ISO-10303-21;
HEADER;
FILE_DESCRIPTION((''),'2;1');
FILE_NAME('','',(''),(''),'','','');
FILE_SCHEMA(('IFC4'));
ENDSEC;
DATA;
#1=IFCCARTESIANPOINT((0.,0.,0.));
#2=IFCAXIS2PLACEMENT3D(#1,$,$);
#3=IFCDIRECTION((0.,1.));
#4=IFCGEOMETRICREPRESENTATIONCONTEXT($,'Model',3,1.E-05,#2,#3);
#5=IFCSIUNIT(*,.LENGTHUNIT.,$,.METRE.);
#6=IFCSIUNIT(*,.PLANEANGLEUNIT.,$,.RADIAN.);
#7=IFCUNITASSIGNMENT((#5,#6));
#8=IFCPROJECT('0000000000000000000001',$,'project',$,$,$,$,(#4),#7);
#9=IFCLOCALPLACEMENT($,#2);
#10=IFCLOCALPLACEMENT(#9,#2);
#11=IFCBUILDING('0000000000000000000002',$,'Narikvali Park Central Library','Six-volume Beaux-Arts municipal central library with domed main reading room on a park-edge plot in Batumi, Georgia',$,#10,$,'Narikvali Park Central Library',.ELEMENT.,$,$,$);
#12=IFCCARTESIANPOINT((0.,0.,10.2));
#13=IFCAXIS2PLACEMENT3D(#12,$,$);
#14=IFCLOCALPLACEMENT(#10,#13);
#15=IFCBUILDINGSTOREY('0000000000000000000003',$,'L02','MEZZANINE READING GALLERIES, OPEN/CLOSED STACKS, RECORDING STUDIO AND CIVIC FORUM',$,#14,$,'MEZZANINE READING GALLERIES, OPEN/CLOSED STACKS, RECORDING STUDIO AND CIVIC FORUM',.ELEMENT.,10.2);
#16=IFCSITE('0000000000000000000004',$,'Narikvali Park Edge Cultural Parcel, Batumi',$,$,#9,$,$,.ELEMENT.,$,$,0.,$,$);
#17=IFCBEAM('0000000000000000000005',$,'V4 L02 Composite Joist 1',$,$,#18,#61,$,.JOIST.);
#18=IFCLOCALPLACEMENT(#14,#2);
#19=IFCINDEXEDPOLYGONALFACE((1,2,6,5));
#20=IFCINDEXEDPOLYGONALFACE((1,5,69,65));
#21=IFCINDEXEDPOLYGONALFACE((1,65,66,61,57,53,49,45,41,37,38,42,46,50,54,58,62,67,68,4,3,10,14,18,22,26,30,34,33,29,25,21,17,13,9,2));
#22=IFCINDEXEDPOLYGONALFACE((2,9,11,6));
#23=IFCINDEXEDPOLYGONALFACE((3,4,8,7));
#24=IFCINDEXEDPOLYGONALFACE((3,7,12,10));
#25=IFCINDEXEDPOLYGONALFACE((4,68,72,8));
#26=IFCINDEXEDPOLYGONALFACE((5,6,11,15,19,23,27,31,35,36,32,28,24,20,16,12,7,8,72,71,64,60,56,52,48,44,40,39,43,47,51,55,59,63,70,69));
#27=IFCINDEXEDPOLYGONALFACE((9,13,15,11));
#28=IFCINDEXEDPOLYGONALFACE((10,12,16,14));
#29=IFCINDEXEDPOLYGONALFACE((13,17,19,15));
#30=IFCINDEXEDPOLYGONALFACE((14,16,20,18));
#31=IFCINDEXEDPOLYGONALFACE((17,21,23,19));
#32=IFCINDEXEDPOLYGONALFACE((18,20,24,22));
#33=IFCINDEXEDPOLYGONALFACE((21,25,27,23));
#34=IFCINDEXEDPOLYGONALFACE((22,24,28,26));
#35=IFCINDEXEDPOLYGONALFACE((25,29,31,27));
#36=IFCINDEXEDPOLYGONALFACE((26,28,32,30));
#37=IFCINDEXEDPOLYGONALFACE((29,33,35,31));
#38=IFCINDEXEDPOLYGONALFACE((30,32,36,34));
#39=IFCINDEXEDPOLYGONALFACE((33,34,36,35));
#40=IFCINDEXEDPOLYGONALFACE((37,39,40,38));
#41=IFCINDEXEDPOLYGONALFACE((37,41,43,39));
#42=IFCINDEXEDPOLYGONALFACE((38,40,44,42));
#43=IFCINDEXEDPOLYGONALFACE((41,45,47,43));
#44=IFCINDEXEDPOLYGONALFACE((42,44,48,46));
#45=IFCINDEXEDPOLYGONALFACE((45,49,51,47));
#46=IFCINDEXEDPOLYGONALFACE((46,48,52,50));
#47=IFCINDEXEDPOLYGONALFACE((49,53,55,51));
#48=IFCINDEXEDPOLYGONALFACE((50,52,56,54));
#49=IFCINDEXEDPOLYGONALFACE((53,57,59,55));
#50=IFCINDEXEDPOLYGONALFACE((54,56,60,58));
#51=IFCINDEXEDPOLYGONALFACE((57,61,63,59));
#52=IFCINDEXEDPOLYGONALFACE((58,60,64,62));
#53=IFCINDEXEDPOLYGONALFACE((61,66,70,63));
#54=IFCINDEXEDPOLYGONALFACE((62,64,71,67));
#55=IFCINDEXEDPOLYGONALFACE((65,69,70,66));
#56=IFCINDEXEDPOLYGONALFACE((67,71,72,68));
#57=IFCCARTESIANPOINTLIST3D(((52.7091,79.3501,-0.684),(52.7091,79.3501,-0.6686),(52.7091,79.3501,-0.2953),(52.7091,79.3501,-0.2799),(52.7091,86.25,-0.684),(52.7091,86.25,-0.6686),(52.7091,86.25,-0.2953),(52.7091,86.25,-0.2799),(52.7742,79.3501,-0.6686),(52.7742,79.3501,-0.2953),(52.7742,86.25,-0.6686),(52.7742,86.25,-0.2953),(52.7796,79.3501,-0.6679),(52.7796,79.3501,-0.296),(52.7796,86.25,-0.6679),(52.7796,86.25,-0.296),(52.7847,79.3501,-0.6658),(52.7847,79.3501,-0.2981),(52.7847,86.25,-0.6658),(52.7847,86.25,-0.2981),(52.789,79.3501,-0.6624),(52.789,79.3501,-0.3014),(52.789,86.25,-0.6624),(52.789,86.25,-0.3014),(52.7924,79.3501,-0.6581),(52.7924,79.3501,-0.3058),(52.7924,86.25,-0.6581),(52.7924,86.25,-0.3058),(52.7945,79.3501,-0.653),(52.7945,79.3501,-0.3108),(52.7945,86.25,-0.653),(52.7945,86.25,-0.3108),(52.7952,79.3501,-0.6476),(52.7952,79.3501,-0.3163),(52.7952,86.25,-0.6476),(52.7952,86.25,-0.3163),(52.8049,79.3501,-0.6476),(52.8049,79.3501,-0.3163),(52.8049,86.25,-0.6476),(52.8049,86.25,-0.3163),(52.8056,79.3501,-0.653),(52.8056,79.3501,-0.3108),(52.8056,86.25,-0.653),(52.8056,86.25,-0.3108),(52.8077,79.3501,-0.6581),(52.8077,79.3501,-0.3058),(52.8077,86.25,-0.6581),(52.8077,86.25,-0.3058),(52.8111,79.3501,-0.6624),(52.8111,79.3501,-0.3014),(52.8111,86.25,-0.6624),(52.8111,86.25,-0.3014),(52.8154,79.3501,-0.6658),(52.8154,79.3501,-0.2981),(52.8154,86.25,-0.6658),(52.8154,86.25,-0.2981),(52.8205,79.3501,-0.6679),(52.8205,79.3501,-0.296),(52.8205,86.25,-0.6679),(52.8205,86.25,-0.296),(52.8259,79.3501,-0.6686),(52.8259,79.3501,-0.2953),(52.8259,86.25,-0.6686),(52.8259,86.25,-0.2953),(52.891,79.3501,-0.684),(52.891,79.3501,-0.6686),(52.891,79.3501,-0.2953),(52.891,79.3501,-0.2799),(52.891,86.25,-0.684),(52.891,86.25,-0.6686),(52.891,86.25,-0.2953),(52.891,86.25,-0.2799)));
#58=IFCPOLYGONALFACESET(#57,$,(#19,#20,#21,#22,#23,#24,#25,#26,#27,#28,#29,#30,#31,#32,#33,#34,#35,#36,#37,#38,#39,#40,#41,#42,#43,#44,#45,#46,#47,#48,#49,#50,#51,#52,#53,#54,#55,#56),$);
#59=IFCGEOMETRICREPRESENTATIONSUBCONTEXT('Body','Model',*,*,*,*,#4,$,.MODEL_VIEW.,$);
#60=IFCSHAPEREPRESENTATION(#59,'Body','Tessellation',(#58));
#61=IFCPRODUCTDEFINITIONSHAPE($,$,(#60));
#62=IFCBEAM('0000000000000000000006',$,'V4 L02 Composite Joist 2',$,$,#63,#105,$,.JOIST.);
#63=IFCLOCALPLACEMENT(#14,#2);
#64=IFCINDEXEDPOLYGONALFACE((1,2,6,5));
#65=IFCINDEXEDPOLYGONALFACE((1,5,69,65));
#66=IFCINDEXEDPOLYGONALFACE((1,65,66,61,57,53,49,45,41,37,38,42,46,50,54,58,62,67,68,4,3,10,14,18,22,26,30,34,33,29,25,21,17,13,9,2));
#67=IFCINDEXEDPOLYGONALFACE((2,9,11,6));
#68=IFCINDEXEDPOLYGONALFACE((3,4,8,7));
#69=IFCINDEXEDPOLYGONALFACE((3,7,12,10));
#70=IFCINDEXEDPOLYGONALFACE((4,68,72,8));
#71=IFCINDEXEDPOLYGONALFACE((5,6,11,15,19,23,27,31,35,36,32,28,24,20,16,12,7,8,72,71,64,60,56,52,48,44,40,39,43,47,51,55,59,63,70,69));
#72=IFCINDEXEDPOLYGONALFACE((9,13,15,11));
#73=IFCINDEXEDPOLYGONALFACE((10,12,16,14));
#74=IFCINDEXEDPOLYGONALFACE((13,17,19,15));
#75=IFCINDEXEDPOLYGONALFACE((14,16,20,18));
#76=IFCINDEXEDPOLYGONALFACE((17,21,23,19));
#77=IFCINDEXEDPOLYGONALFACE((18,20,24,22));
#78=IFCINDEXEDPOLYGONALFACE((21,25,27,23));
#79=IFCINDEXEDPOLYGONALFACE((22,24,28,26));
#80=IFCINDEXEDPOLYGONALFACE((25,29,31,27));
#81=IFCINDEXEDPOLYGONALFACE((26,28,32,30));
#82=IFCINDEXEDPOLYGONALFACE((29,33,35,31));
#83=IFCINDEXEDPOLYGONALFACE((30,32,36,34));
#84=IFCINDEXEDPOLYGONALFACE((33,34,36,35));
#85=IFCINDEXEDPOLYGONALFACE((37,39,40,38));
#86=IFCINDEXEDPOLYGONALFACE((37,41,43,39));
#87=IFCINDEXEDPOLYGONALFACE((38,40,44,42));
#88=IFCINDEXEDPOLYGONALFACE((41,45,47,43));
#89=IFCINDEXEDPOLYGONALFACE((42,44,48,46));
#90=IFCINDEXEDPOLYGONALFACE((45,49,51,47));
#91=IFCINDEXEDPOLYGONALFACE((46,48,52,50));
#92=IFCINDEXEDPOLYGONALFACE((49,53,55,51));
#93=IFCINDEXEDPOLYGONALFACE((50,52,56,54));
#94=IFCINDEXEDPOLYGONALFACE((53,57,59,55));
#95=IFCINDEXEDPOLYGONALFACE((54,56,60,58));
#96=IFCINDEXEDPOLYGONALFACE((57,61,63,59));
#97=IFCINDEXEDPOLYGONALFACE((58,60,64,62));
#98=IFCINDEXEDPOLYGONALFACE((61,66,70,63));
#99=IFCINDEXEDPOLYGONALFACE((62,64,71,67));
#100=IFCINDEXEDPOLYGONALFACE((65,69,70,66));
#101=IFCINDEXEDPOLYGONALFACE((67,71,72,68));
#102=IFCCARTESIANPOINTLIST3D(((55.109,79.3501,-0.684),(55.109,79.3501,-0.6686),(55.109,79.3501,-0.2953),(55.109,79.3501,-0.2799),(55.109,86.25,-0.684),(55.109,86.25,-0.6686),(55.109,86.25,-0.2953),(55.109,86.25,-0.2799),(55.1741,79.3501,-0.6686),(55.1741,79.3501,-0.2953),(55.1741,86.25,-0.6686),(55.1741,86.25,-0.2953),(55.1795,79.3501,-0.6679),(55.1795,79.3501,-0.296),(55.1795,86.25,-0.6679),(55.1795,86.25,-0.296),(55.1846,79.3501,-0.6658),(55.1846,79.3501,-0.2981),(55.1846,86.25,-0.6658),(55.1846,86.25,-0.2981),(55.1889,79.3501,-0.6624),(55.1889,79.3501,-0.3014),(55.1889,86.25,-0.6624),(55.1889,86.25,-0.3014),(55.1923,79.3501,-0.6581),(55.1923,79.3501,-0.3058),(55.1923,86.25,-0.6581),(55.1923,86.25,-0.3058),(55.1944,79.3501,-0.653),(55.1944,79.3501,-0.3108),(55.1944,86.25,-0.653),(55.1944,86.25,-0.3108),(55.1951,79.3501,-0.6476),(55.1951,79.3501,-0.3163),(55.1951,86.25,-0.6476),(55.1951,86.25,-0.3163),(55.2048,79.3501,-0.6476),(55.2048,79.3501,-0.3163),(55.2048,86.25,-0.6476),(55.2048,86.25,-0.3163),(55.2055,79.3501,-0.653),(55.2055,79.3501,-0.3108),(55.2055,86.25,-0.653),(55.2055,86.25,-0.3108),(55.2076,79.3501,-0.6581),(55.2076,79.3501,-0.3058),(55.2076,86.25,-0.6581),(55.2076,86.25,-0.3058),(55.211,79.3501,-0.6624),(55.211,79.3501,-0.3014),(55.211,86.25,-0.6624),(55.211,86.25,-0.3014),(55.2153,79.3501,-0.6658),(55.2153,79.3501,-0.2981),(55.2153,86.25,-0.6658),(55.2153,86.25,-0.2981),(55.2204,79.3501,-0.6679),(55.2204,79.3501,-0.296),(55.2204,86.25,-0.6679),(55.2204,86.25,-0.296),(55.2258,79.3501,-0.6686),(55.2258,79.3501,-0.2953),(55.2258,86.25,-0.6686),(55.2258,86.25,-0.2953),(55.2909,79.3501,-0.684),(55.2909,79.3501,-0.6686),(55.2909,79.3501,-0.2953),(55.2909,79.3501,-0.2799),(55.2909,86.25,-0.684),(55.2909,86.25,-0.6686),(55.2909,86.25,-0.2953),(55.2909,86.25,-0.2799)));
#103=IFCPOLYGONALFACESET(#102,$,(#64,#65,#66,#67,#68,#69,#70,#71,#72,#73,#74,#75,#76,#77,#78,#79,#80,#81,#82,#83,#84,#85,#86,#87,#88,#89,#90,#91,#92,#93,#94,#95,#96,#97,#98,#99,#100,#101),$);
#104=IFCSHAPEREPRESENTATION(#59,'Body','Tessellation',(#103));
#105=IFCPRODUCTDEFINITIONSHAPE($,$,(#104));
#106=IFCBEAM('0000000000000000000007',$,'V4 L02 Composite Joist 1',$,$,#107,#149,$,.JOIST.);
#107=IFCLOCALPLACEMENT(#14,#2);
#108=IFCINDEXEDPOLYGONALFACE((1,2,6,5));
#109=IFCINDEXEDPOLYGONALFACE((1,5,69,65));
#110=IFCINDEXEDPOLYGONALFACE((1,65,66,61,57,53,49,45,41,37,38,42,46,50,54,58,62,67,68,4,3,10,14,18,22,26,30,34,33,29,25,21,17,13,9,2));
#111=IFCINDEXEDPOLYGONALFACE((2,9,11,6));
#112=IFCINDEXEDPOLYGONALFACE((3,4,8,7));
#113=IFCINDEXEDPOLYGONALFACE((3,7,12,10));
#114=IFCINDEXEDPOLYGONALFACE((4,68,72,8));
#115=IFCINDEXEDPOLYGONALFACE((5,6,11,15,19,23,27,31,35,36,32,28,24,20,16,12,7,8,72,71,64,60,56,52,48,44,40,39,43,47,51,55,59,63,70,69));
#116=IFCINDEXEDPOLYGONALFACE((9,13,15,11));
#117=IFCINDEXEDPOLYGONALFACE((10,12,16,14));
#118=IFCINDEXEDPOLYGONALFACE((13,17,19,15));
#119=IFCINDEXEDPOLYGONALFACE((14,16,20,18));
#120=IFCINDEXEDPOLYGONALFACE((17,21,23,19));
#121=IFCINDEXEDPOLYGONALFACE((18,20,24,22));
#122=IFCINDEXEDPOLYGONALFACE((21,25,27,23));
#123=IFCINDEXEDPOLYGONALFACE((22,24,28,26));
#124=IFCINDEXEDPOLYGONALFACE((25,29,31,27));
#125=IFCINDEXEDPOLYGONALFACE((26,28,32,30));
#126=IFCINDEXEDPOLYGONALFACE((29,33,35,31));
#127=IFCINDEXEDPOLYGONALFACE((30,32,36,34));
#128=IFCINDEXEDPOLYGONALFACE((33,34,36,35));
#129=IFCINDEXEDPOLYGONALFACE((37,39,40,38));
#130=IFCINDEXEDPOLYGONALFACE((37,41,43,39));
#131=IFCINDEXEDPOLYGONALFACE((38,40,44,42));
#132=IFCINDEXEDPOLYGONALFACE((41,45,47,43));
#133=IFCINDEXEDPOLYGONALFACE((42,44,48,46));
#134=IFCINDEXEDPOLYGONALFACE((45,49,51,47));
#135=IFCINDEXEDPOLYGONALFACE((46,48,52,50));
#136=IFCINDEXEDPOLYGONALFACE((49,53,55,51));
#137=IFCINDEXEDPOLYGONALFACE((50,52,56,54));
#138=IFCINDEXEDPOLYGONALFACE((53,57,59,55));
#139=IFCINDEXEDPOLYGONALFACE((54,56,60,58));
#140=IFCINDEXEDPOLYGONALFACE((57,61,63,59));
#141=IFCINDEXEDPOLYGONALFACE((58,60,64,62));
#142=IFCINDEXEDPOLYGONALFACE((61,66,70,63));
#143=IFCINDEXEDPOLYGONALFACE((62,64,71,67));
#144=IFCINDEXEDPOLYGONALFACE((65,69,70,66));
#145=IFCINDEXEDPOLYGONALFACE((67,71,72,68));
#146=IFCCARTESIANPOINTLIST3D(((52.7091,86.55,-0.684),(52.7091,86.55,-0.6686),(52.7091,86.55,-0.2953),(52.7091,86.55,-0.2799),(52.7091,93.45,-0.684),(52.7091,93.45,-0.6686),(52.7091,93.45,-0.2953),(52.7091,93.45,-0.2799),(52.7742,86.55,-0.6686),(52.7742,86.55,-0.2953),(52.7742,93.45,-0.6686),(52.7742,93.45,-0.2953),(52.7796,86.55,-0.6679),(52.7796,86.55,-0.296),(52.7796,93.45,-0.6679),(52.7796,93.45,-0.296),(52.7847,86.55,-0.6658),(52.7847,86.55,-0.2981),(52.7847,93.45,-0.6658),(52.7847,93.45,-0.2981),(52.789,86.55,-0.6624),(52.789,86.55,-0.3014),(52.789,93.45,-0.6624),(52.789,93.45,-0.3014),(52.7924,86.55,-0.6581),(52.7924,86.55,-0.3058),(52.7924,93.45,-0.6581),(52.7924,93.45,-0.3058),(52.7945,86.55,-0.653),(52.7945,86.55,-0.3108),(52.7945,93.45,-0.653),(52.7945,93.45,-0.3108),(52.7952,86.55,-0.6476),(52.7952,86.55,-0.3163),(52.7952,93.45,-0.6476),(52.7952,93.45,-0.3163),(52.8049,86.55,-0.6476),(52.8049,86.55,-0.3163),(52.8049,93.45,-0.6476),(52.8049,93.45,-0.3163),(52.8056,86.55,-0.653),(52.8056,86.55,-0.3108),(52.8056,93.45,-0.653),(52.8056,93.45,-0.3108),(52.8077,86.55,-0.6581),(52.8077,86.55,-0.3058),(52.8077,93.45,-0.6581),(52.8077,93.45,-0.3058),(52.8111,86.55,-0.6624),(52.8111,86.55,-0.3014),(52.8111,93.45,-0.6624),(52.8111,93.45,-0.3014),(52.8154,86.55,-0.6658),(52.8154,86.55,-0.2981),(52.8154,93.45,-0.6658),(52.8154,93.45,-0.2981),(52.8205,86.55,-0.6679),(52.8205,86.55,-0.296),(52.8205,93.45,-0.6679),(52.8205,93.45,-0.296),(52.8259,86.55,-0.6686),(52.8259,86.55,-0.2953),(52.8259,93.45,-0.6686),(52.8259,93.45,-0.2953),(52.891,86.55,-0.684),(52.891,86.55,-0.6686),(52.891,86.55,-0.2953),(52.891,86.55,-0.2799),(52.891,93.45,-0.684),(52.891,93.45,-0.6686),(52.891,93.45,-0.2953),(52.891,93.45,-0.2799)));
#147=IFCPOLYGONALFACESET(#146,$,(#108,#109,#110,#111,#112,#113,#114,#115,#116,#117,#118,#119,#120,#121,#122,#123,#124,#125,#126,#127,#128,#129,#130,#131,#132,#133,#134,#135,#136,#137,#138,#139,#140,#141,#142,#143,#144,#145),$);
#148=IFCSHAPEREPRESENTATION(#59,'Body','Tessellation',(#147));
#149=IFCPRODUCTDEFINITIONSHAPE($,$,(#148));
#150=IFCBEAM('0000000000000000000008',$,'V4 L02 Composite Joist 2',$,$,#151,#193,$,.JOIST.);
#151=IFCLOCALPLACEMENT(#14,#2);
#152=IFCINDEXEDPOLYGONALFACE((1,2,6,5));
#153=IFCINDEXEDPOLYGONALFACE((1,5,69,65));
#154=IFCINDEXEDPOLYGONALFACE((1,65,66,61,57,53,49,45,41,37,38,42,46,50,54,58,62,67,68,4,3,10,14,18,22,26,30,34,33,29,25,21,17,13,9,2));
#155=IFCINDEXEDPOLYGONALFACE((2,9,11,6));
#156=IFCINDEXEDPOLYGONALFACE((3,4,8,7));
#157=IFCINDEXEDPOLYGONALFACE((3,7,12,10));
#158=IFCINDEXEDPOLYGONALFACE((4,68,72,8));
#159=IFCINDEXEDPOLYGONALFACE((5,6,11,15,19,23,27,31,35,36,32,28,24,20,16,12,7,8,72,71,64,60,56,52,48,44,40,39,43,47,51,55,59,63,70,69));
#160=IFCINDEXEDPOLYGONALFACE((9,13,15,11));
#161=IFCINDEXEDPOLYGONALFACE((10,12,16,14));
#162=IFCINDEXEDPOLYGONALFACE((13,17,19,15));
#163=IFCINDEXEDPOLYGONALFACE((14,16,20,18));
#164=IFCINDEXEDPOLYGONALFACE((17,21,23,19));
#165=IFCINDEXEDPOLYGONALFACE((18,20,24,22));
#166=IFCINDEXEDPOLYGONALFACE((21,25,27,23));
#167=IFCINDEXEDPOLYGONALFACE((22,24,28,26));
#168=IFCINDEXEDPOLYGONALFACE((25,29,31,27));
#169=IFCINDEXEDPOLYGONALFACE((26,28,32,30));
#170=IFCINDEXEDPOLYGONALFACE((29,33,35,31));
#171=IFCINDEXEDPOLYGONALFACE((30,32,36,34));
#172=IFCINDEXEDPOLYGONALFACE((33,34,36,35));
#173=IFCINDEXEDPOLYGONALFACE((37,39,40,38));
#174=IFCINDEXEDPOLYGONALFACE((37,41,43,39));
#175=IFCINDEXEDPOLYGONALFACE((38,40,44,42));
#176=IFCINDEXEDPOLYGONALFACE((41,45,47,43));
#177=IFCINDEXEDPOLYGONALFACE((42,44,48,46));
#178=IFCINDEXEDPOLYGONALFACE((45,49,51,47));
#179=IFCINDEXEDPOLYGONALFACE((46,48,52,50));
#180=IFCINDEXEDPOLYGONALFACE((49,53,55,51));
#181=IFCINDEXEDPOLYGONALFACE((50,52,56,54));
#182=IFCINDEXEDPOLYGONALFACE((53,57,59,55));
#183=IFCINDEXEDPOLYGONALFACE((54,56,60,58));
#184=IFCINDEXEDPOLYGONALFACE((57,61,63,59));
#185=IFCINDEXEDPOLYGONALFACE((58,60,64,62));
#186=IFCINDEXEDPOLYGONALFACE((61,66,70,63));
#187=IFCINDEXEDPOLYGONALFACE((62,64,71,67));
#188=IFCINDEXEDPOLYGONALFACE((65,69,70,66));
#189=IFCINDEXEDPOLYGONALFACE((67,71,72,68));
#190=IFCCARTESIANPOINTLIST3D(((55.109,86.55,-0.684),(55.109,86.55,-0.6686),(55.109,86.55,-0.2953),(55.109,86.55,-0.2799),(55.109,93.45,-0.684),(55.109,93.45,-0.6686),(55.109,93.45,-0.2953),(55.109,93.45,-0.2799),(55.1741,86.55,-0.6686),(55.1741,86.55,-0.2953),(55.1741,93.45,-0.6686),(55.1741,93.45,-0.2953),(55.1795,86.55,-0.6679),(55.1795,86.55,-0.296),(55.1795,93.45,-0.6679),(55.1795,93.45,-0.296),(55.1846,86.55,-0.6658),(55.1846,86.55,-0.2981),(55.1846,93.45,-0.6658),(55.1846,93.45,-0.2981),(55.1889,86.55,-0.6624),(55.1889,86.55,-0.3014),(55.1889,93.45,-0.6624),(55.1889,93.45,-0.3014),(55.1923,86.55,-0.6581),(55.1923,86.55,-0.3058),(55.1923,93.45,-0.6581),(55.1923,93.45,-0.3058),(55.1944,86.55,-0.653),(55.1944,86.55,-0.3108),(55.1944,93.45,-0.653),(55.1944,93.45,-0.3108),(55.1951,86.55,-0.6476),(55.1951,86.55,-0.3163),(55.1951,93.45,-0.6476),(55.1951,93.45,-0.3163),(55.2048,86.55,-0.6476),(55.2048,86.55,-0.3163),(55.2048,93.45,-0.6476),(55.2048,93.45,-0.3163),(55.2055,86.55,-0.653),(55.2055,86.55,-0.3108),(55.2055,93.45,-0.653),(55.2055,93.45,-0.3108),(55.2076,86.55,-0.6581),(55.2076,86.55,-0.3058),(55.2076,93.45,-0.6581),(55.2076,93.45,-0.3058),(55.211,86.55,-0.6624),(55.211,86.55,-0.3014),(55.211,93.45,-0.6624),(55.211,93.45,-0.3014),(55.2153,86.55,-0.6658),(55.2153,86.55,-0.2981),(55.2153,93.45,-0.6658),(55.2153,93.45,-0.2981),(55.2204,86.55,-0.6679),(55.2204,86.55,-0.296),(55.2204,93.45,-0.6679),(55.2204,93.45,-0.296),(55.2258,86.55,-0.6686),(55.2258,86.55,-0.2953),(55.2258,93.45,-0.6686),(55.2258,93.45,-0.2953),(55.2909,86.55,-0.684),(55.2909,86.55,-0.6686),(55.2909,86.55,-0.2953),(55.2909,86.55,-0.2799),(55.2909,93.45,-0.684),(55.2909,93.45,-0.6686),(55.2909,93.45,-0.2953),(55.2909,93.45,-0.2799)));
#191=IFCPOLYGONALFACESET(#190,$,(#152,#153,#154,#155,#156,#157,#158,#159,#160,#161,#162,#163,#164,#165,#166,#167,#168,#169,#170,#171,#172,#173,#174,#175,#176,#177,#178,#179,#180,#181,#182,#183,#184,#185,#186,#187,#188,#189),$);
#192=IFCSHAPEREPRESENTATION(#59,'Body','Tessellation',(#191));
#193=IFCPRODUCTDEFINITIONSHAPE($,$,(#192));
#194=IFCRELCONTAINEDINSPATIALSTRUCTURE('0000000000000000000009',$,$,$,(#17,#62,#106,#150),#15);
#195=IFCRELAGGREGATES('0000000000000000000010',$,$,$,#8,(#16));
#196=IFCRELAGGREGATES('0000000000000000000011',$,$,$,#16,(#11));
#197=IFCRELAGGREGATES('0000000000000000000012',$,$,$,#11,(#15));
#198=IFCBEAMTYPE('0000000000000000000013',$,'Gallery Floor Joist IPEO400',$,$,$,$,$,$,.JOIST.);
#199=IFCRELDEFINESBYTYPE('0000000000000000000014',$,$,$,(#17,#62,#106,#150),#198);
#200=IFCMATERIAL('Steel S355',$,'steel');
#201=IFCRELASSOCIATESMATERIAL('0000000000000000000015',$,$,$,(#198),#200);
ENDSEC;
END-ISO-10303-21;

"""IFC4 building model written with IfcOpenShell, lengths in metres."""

from ifc_helpers import new_model, si_unit, direction, frame, origin, origin_2d, place, context, subcontext, project, spatial, i_section, extrude, material, material_profile, profile_set, type_object, element, save


model = new_model("IFC4")

# Units and contexts
model_context = context("Model", 3, precision=1e-05, world=origin(), true_north=direction((0.0, 1.0)))
body_context = subcontext(model_context, "Body", "Model", "MODEL_VIEW")
ifc_project = project(units=[si_unit("LENGTHUNIT", "METRE"), si_unit("PLANEANGLEUNIT", "RADIAN")], contexts=[model_context])

# Site, building, storey
site_placement = place(None, origin())
site = spatial("IfcSite", under=ifc_project, at=site_placement, Name="Narikvali Park Edge Cultural Parcel, Batumi", CompositionType="ELEMENT", RefElevation=0.0)
building_placement = place(site_placement, origin())
building = spatial("IfcBuilding", under=site, at=building_placement, Name="Narikvali Park Central Library", Description="Six-volume Beaux-Arts municipal central library with domed main reading room on a park-edge plot in Batumi, Georgia", LongName="Narikvali Park Central Library", CompositionType="ELEMENT")
storey_placement = place(building_placement, frame((0.0, 0.0, 10.2)))
storey = spatial("IfcBuildingStorey", under=building, at=storey_placement, Name="L02", Description="MEZZANINE READING GALLERIES, OPEN/CLOSED STACKS, RECORDING STUDIO AND CIVIC FORUM", LongName="MEZZANINE READING GALLERIES, OPEN/CLOSED STACKS, RECORDING STUDIO AND CIVIC FORUM", CompositionType="ELEMENT", Elevation=10.2)

# Shared definitions
ifc_material_1 = material(Name="Steel S355", Category="steel")

# Beams
ifc_material_profile_1 = material_profile(ifc_material_1, i_section(OverallWidth=0.1819, OverallDepth=0.4041, WebThickness=0.0098, FlangeThickness=0.0154, FilletRadius=0.021, at=origin_2d()), Name="IPEO 400")
ifc_profile_set_1 = profile_set([ifc_material_profile_1], Name="Steel S355")
beam_type_1 = type_object("IfcBeamType", Name="Gallery Floor Joist IPEO400", PredefinedType="JOIST", material=ifc_profile_set_1)
for number, where, z_axis, x_axis, name in (
    (1, (52.8, 79.3501, -0.4819), (0.0, 1.0, 0.0), (-1.0, 0.0, 0.0), "V4 L02 Composite Joist 1"),
    (2, (55.2, 79.3501, -0.4819), (0.0, 1.0, 0.0), (-1.0, 0.0, 0.0), "V4 L02 Composite Joist 2"),
    (3, (52.8, 86.55, -0.4819), (0.0, 1.0, 0.0), (-1.0, 0.0, 0.0), "V4 L02 Composite Joist 1"),
    (4, (55.2, 86.55, -0.4819), (0.0, 1.0, 0.0), (-1.0, 0.0, 0.0), "V4 L02 Composite Joist 2"),
):
    element("IfcBeam", number, at=place(storey_placement, frame(where, z_axis=z_axis, x_axis=x_axis)), inside=storey, type_object=beam_type_1, Name=name, PredefinedType="JOIST", context=body_context, shape_type="SweptSolid", body=[
        extrude(i_section(OverallWidth=0.1819, OverallDepth=0.4041, WebThickness=0.0098, FlangeThickness=0.0154, FilletRadius=0.021, at=origin_2d()), origin(), (0.0, 0.0, 1.0), 6.8999),
    ])

save(model, "model.ifc")
